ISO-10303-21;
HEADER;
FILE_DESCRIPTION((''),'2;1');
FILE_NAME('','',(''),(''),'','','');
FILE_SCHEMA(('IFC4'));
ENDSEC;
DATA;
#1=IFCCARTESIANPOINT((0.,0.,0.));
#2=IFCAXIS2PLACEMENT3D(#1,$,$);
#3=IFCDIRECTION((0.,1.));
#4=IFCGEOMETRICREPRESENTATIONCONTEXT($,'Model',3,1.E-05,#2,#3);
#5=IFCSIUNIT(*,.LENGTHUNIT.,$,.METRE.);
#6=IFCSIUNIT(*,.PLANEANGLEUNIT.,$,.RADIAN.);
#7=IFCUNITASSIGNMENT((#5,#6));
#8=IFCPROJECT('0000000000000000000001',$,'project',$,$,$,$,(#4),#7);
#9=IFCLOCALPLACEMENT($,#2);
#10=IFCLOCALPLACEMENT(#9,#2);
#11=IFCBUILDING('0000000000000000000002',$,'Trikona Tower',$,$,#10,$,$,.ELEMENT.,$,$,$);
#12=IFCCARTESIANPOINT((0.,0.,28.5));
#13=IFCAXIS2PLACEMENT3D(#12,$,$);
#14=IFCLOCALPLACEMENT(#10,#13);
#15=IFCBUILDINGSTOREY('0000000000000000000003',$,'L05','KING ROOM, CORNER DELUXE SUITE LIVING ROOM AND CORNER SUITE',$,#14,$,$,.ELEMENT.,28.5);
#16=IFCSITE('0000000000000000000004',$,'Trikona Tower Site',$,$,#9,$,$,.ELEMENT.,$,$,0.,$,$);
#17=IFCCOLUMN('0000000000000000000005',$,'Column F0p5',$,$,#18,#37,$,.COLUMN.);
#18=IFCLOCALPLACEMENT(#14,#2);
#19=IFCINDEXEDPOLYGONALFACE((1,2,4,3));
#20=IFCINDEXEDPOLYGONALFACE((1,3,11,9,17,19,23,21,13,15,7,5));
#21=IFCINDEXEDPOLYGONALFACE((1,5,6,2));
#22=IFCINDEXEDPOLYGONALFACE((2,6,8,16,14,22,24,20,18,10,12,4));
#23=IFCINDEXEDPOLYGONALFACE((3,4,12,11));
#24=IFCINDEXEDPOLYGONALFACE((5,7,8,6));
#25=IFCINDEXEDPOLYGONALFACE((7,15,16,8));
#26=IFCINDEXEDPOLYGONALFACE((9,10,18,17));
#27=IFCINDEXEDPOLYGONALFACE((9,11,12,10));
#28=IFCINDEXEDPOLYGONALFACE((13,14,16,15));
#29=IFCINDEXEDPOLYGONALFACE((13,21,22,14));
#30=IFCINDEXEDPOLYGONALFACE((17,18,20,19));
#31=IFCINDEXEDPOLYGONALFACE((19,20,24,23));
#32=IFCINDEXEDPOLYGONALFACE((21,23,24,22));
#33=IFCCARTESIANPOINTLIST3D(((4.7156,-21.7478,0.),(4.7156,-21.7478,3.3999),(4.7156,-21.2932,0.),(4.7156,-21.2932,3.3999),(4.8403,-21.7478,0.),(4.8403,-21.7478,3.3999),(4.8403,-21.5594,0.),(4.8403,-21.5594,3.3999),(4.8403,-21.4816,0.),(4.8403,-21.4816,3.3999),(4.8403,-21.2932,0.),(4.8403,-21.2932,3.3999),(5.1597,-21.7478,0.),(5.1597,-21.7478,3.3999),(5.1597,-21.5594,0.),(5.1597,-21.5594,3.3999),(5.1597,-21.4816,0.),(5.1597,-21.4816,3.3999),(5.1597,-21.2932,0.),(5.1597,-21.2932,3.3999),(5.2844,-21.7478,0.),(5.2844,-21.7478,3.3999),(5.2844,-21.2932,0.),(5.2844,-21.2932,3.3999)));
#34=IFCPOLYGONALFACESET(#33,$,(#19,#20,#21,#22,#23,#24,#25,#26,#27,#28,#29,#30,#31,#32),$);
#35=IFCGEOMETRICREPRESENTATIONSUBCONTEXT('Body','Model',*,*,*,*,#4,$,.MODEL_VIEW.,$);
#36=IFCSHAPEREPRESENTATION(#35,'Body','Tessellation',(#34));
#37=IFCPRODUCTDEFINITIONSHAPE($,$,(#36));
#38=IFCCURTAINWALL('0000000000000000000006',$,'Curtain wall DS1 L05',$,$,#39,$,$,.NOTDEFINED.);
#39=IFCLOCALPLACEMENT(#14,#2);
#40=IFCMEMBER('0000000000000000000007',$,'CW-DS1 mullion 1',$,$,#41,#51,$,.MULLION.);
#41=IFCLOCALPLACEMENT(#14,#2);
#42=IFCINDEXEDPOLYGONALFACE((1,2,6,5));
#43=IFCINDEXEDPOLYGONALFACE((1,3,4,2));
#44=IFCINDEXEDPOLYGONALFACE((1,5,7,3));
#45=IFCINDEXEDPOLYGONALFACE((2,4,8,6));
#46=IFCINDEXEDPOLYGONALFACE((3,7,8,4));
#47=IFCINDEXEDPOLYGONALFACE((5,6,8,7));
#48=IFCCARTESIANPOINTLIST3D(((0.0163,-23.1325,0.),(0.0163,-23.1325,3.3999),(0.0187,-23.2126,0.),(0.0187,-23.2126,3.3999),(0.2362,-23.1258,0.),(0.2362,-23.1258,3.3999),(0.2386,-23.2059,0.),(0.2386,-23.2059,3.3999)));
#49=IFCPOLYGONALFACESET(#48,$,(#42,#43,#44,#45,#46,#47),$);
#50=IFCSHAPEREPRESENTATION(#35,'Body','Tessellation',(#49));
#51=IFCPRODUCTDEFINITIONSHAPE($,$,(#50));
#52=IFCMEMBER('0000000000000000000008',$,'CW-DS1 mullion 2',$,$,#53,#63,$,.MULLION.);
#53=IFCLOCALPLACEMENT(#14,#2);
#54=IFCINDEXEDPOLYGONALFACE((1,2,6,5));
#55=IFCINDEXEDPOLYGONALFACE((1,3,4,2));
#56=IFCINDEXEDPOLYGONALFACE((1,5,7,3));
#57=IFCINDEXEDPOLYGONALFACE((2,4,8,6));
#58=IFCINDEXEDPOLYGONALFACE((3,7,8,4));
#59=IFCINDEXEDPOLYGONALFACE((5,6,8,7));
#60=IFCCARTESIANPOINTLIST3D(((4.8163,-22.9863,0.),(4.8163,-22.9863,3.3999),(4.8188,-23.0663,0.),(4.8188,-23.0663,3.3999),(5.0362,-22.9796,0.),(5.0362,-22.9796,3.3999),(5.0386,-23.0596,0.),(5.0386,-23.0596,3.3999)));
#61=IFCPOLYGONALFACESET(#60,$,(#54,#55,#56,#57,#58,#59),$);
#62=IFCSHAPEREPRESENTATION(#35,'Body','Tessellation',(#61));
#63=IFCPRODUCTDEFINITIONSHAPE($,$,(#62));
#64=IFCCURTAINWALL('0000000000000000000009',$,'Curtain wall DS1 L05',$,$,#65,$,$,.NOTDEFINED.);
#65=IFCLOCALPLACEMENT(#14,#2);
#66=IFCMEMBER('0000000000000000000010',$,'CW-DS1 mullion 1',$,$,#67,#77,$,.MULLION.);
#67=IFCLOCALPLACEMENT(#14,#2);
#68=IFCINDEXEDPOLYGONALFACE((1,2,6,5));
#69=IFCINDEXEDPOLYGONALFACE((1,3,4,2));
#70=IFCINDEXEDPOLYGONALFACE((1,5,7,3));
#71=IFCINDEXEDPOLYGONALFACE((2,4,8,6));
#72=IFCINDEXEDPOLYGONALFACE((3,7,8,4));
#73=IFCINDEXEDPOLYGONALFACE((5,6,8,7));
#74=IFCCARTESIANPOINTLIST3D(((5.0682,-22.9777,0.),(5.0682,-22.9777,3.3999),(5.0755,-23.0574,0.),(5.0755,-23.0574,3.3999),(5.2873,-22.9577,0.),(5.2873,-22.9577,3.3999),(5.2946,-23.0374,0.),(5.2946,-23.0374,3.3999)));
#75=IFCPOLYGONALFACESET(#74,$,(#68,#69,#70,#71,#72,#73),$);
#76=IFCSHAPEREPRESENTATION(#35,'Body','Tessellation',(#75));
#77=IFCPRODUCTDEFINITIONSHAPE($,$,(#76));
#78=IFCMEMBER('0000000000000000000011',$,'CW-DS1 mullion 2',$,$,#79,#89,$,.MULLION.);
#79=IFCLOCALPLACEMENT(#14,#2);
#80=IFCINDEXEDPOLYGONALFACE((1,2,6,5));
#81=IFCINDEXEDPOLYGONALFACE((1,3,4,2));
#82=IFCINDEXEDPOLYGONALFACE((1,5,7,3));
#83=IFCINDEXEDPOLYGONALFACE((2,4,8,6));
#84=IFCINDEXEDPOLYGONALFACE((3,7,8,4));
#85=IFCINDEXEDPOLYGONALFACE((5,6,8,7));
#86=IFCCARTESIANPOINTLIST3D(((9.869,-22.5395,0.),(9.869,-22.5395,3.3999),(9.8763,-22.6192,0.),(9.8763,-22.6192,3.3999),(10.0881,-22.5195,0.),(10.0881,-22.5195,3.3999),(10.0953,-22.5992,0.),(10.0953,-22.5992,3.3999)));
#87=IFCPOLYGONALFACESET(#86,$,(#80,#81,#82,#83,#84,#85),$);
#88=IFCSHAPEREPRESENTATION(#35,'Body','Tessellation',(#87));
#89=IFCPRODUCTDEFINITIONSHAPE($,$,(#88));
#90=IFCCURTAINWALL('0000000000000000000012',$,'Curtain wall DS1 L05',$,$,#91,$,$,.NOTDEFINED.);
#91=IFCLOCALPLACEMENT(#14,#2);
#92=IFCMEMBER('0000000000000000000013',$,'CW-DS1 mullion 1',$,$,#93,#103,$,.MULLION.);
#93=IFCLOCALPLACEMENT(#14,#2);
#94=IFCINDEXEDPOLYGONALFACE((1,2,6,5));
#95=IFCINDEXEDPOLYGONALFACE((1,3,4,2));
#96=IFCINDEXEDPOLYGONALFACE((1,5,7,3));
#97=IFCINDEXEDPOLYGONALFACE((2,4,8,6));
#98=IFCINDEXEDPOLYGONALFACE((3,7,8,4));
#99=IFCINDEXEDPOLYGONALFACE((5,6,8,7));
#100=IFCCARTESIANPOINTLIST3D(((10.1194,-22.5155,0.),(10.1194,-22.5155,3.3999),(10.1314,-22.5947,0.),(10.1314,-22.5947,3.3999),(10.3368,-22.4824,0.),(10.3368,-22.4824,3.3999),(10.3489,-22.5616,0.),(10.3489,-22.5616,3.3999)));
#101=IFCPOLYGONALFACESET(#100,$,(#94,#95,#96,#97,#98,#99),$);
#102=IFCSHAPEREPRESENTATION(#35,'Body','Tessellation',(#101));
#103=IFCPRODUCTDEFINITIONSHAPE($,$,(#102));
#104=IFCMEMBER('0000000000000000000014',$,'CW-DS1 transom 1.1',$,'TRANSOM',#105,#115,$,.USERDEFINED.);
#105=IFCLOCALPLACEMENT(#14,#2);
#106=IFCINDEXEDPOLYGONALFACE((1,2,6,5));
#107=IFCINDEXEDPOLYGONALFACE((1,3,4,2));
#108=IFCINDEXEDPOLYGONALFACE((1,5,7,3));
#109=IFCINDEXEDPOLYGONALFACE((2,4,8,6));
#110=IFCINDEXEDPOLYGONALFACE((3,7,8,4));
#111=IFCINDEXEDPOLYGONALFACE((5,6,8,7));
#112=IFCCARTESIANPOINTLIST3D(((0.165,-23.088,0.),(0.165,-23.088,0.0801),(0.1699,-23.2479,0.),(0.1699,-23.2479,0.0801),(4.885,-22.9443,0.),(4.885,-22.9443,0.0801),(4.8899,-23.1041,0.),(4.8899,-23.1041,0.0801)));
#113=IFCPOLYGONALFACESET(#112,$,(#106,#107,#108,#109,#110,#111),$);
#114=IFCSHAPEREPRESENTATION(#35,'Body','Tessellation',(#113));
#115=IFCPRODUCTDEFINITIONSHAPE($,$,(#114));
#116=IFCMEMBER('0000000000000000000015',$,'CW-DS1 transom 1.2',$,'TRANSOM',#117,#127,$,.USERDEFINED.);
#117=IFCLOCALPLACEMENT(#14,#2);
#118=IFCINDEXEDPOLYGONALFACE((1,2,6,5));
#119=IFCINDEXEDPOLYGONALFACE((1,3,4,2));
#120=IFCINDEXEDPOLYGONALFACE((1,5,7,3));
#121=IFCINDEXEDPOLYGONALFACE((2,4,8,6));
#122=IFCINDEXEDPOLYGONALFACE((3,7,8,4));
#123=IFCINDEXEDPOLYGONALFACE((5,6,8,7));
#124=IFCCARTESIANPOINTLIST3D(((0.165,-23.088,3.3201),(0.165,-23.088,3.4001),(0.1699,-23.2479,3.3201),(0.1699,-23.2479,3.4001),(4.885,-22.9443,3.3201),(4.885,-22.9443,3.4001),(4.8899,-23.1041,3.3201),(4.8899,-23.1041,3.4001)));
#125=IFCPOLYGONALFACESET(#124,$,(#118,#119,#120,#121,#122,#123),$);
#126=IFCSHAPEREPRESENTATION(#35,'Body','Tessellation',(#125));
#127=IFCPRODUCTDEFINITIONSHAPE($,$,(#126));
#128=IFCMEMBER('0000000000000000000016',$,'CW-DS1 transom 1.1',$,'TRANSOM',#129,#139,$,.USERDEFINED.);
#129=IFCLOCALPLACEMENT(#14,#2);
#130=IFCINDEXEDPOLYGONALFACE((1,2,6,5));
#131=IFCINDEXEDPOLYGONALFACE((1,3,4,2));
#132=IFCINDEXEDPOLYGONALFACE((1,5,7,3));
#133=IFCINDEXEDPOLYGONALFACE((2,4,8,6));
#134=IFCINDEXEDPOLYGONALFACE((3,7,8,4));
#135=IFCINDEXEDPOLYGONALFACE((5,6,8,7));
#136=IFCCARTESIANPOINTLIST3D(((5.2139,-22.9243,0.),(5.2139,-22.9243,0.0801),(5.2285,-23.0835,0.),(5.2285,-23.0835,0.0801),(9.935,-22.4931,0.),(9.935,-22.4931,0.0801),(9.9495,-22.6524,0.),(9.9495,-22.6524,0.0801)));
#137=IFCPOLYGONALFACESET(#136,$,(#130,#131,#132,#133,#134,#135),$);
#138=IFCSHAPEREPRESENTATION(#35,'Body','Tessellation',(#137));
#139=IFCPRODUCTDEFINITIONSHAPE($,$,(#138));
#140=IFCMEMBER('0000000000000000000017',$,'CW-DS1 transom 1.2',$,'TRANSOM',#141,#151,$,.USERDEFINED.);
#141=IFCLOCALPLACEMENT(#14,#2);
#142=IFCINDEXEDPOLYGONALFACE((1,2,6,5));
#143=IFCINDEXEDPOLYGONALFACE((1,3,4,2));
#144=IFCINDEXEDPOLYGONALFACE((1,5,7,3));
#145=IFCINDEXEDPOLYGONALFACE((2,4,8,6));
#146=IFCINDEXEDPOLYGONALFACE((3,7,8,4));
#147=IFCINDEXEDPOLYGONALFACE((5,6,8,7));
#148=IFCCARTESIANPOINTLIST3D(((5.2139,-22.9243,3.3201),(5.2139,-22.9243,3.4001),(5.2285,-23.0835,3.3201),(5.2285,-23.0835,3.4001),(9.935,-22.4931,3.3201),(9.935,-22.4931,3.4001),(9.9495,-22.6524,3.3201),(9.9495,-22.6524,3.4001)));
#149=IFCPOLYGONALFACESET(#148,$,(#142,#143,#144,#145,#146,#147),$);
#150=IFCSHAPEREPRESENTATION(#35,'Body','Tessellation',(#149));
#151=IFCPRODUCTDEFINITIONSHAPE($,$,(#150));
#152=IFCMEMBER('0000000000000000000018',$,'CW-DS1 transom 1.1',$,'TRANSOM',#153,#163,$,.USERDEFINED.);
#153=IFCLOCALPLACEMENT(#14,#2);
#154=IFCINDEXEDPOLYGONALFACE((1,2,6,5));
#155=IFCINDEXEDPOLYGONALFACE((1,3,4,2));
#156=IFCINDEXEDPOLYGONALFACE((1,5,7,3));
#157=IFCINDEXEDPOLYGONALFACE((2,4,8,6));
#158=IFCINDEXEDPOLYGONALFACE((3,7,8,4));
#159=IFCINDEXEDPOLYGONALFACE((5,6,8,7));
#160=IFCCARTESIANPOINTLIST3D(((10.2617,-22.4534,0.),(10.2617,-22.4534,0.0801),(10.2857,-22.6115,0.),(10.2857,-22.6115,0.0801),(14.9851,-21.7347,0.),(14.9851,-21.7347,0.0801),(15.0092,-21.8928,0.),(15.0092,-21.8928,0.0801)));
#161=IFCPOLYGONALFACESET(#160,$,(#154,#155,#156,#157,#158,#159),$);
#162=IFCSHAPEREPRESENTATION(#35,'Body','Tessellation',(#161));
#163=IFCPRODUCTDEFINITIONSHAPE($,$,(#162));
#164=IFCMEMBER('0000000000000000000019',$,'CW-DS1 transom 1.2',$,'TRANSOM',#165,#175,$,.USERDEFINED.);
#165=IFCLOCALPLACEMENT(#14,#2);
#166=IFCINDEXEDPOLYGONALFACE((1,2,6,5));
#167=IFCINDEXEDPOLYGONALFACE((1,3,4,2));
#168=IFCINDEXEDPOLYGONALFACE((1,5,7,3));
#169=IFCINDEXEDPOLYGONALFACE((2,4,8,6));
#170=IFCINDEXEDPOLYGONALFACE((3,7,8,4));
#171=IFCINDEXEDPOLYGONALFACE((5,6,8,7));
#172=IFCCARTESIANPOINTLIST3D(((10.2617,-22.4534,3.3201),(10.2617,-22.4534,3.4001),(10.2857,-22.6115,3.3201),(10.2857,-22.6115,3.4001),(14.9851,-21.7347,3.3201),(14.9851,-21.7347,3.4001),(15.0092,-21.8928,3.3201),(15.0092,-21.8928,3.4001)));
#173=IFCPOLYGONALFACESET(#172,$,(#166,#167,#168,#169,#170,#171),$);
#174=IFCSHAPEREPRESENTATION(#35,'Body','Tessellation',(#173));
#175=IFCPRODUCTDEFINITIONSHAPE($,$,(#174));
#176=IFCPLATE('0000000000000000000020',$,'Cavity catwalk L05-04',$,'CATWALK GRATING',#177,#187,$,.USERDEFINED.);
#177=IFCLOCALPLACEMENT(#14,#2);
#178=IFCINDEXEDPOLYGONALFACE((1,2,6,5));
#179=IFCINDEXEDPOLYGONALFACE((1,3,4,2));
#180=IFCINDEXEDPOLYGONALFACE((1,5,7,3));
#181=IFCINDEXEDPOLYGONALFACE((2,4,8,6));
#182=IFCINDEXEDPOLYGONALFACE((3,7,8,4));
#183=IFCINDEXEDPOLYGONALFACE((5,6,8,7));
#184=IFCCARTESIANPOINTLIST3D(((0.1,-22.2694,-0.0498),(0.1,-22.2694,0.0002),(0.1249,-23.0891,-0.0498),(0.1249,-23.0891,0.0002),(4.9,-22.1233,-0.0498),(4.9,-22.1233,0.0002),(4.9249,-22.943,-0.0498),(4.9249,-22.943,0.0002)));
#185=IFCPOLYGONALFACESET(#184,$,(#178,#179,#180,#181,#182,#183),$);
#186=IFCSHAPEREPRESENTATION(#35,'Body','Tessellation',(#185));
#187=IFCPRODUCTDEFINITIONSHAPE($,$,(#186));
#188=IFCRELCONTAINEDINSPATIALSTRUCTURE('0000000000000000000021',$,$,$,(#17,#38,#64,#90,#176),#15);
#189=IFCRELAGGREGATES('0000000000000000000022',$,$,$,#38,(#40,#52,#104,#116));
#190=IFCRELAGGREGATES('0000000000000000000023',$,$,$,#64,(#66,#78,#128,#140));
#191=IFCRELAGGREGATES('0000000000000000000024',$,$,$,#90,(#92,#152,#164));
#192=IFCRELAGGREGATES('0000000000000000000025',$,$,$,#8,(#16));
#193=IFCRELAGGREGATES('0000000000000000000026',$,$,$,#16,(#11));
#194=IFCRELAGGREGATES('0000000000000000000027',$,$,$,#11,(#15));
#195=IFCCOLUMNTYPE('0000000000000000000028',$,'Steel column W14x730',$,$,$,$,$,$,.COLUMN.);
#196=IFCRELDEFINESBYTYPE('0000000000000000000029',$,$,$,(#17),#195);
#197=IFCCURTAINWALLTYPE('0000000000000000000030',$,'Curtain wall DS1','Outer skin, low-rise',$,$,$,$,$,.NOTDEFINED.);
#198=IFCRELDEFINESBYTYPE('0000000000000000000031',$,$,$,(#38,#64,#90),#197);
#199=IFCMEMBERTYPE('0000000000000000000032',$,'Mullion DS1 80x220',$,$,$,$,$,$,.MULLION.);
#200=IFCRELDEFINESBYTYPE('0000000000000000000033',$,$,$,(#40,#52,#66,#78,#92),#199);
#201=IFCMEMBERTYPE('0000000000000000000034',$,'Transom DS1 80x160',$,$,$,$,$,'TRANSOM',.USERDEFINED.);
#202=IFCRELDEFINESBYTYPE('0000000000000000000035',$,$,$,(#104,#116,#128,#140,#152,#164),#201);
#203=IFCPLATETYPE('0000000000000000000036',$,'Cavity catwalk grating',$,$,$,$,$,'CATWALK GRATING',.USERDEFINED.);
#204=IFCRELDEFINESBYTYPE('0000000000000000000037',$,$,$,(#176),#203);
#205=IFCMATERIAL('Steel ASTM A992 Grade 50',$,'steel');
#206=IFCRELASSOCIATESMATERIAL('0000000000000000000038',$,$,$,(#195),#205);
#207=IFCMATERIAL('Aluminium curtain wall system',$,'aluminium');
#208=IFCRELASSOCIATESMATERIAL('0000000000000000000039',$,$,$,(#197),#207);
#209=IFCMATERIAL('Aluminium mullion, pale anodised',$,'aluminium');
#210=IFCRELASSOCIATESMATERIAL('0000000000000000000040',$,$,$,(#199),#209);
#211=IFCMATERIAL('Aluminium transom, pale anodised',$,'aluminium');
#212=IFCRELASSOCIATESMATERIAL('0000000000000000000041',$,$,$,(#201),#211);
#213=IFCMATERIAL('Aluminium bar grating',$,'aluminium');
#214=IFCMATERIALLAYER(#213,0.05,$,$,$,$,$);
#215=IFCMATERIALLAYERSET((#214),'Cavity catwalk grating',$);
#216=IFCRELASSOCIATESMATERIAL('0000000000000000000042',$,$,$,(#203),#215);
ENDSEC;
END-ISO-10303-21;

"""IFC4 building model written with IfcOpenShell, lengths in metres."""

from ifc_helpers import new_model, si_unit, direction, frame, origin, origin_2d, place, context, subcontext, project, spatial, rectangle, i_section, extrude, material, layer, layer_set, material_profile, profile_set, type_object, element, aggregate, save


model = new_model("IFC4")

# Units and contexts
model_context = context("Model", 3, precision=1e-05, world=origin(), true_north=direction((0.0, 1.0)))
body_context = subcontext(model_context, "Body", "Model", "MODEL_VIEW")
ifc_project = project(units=[si_unit("LENGTHUNIT", "METRE"), si_unit("PLANEANGLEUNIT", "RADIAN")], contexts=[model_context])

# Site, building, storey
site_placement = place(None, origin())
site = spatial("IfcSite", under=ifc_project, at=site_placement, Name="Trikona Tower Site", CompositionType="ELEMENT", RefElevation=0.0)
building_placement = place(site_placement, origin())
building = spatial("IfcBuilding", under=site, at=building_placement, Name="Trikona Tower", CompositionType="ELEMENT")
storey_placement = place(building_placement, frame((0.0, 0.0, 28.5)))
storey = spatial("IfcBuildingStorey", under=building, at=storey_placement, Name="L05", Description="KING ROOM, CORNER DELUXE SUITE LIVING ROOM AND CORNER SUITE", CompositionType="ELEMENT", Elevation=28.5)

# Column
ifc_material_1 = material(Name="Steel ASTM A992 Grade 50", Category="steel")
ifc_material_profile_1 = material_profile(ifc_material_1, i_section(OverallWidth=0.4546, OverallDepth=0.5688, WebThickness=0.0779, FlangeThickness=0.1248, at=origin_2d()), Name="W14X730")
ifc_profile_set_1 = profile_set([ifc_material_profile_1], Name="Steel ASTM A992 Grade 50")
column_type = type_object("IfcColumnType", Name="Steel column W14x730", PredefinedType="COLUMN", material=ifc_profile_set_1)
column_placement = place(storey_placement, frame((5.0, -21.5205, 0.0), z_axis=(0.0, 0.0, 1.0), x_axis=(0.0, -1.0, 0.0)))
element("IfcColumn", 1, at=column_placement, inside=storey, type_object=column_type, Name="Column F0p5", PredefinedType="COLUMN", context=body_context, shape_type="SweptSolid", body=[
    extrude(i_section(OverallWidth=0.4546, OverallDepth=0.5688, WebThickness=0.0779, FlangeThickness=0.1248, at=origin_2d()), origin(), (0.0, 0.0, 1.0), 3.3999),
])

# Curtain walls, members
ifc_material_2 = material(Name="Aluminium curtain wall system", Category="aluminium")
curtain_wall_type = type_object("IfcCurtainWallType", Name="Curtain wall DS1", Description="Outer skin, low-rise", PredefinedType="NOTDEFINED", material=ifc_material_2)
curtain_wall_1_placement = place(storey_placement, origin())
curtain_wall_1 = element("IfcCurtainWall", 2, at=curtain_wall_1_placement, inside=storey, type_object=curtain_wall_type, Name="Curtain wall DS1 L05", PredefinedType="NOTDEFINED")
ifc_material_3 = material(Name="Aluminium mullion, pale anodised", Category="aluminium")
ifc_material_profile_2 = material_profile(ifc_material_3, rectangle(XDim=0.0801, YDim=0.22, at=origin_2d()), Name="MUL-DS1")
ifc_profile_set_2 = profile_set([ifc_material_profile_2], Name="Aluminium mullion, pale anodised")
member_type_1 = type_object("IfcMemberType", Name="Mullion DS1 80x220", PredefinedType="MULLION", material=ifc_profile_set_2)
member_1_placement = place(storey_placement, frame((0.1274, -23.1692, 0.0), z_axis=(0.0, 0.0, 1.0), x_axis=(-0.030437, 0.999537, 0.0)))
member_1 = element("IfcMember", 3, at=member_1_placement, type_object=member_type_1, Name="CW-DS1 mullion 1", PredefinedType="MULLION", context=body_context, shape_type="SweptSolid", body=[
    extrude(rectangle(XDim=0.0801, YDim=0.22, at=origin_2d()), origin(), (0.0, 0.0, 1.0), 3.3999),
])
member_2_placement = place(storey_placement, frame((4.9275, -23.0229, 0.0), z_axis=(0.0, 0.0, 1.0), x_axis=(-0.030437, 0.999537, 0.0)))
member_2 = element("IfcMember", 4, at=member_2_placement, type_object=member_type_1, Name="CW-DS1 mullion 2", PredefinedType="MULLION", context=body_context, shape_type="SweptSolid", body=[
    extrude(rectangle(XDim=0.0801, YDim=0.22, at=origin_2d()), origin(), (0.0, 0.0, 1.0), 3.3999),
])
curtain_wall_2_placement = place(storey_placement, origin())
curtain_wall_2 = element("IfcCurtainWall", 5, at=curtain_wall_2_placement, inside=storey, type_object=curtain_wall_type, Name="Curtain wall DS1 L05", PredefinedType="NOTDEFINED")
member_3_placement = place(storey_placement, frame((5.1814, -23.0076, 0.0), z_axis=(0.0, 0.0, 1.0), x_axis=(-0.090924, 0.995858, 0.0)))
member_3 = element("IfcMember", 6, at=member_3_placement, type_object=member_type_1, Name="CW-DS1 mullion 1", PredefinedType="MULLION", context=body_context, shape_type="SweptSolid", body=[
    extrude(rectangle(XDim=0.0801, YDim=0.22, at=origin_2d()), origin(), (0.0, 0.0, 1.0), 3.3999),
])
member_4_placement = place(storey_placement, frame((9.9822, -22.5693, 0.0), z_axis=(0.0, 0.0, 1.0), x_axis=(-0.090924, 0.995858, 0.0)))
member_4 = element("IfcMember", 7, at=member_4_placement, type_object=member_type_1, Name="CW-DS1 mullion 2", PredefinedType="MULLION", context=body_context, shape_type="SweptSolid", body=[
    extrude(rectangle(XDim=0.0801, YDim=0.22, at=origin_2d()), origin(), (0.0, 0.0, 1.0), 3.3999),
])

# Curtain wall, member
curtain_wall_3_placement = place(storey_placement, origin())
curtain_wall_3 = element("IfcCurtainWall", 8, at=curtain_wall_3_placement, inside=storey, type_object=curtain_wall_type, Name="Curtain wall DS1 L05", PredefinedType="NOTDEFINED")
member_5_placement = place(storey_placement, frame((10.2341, -22.5386, 0.0), z_axis=(0.0, 0.0, 1.0), x_axis=(-0.150438, 0.988619, 0.0)))
member_5 = element("IfcMember", 9, at=member_5_placement, type_object=member_type_1, Name="CW-DS1 mullion 1", PredefinedType="MULLION", context=body_context, shape_type="SweptSolid", body=[
    extrude(rectangle(XDim=0.0801, YDim=0.22, at=origin_2d()), origin(), (0.0, 0.0, 1.0), 3.3999),
])

# Members
ifc_material_4 = material(Name="Aluminium transom, pale anodised", Category="aluminium")
ifc_material_profile_3 = material_profile(ifc_material_4, rectangle(XDim=0.1599, YDim=0.0801, at=origin_2d()), Name="TRN-DS1")
ifc_profile_set_3 = profile_set([ifc_material_profile_3], Name="Aluminium transom, pale anodised")
member_type_2 = type_object("IfcMemberType", Name="Transom DS1 80x160", ElementType="TRANSOM", PredefinedType="USERDEFINED", material=ifc_profile_set_3)
member_6_placement = place(storey_placement, frame((0.1675, -23.168, 0.04), z_axis=(0.999536, 0.030452, 0.0), x_axis=(-0.030452, 0.999536, 0.0)))
member_6 = element("IfcMember", 10, at=member_6_placement, type_object=member_type_2, Name="CW-DS1 transom 1.1", ObjectType="TRANSOM", PredefinedType="USERDEFINED", context=body_context, shape_type="SweptSolid", body=[
    extrude(rectangle(XDim=0.1599, YDim=0.0801, at=origin_2d()), origin(), (0.0, 0.0, 1.0), 4.7222),
])
member_7_placement = place(storey_placement, frame((0.1675, -23.168, 3.3601), z_axis=(0.999536, 0.030452, 0.0), x_axis=(-0.030452, 0.999536, 0.0)))
member_7 = element("IfcMember", 11, at=member_7_placement, type_object=member_type_2, Name="CW-DS1 transom 1.2", ObjectType="TRANSOM", PredefinedType="USERDEFINED", context=body_context, shape_type="SweptSolid", body=[
    extrude(rectangle(XDim=0.1599, YDim=0.0801, at=origin_2d()), origin(), (0.0, 0.0, 1.0), 4.7222),
])
member_8_placement = place(storey_placement, frame((5.2212, -23.0039, 0.04), z_axis=(0.995856, 0.090944, 0.0), x_axis=(-0.090944, 0.995856, 0.0)))
member_8 = element("IfcMember", 12, at=member_8_placement, type_object=member_type_2, Name="CW-DS1 transom 1.1", ObjectType="TRANSOM", PredefinedType="USERDEFINED", context=body_context, shape_type="SweptSolid", body=[
    extrude(rectangle(XDim=0.1599, YDim=0.0801, at=origin_2d()), origin(), (0.0, 0.0, 1.0), 4.7407),
])
member_9_placement = place(storey_placement, frame((5.2212, -23.0039, 3.3601), z_axis=(0.995856, 0.090944, 0.0), x_axis=(-0.090944, 0.995856, 0.0)))
member_9 = element("IfcMember", 13, at=member_9_placement, type_object=member_type_2, Name="CW-DS1 transom 1.2", ObjectType="TRANSOM", PredefinedType="USERDEFINED", context=body_context, shape_type="SweptSolid", body=[
    extrude(rectangle(XDim=0.1599, YDim=0.0801, at=origin_2d()), origin(), (0.0, 0.0, 1.0), 4.7407),
])
member_10_placement = place(storey_placement, frame((10.2737, -22.5325, 0.04), z_axis=(0.98862, 0.150437, 0.0), x_axis=(-0.150437, 0.98862, 0.0)))
member_10 = element("IfcMember", 14, at=member_10_placement, type_object=member_type_2, Name="CW-DS1 transom 1.1", ObjectType="TRANSOM", PredefinedType="USERDEFINED", context=body_context, shape_type="SweptSolid", body=[
    extrude(rectangle(XDim=0.1599, YDim=0.0801, at=origin_2d()), origin(), (0.0, 0.0, 1.0), 4.7778),
])
member_11_placement = place(storey_placement, frame((10.2737, -22.5325, 3.3601), z_axis=(0.98862, 0.150437, 0.0), x_axis=(-0.150437, 0.98862, 0.0)))
member_11 = element("IfcMember", 15, at=member_11_placement, type_object=member_type_2, Name="CW-DS1 transom 1.2", ObjectType="TRANSOM", PredefinedType="USERDEFINED", context=body_context, shape_type="SweptSolid", body=[
    extrude(rectangle(XDim=0.1599, YDim=0.0801, at=origin_2d()), origin(), (0.0, 0.0, 1.0), 4.7778),
])

# Plate
ifc_material_5 = material(Name="Aluminium bar grating", Category="aluminium")
ifc_layer_1 = layer(ifc_material_5, 0.05)
ifc_layer_set_1 = layer_set([ifc_layer_1], Name="Cavity catwalk grating")
plate_type_1 = type_object("IfcPlateType", Name="Cavity catwalk grating", ElementType="CATWALK GRATING", PredefinedType="USERDEFINED", material=ifc_layer_set_1)
plate_1_placement = place(storey_placement, frame((2.5125, -22.6062, -0.0498), z_axis=(0.0, 0.0, 1.0), x_axis=(0.999537, 0.030425, 0.0)))
element("IfcPlate", 16, at=plate_1_placement, inside=storey, type_object=plate_type_1, Name="Cavity catwalk L05-04", ObjectType="CATWALK GRATING", PredefinedType="USERDEFINED", context=body_context, shape_type="SweptSolid", body=[
    extrude(rectangle(XDim=4.8022, YDim=0.8201, at=origin_2d()), origin(), (0.0, 0.0, 1.0), 0.05),
])

aggregate(curtain_wall_1, [member_1, member_2, member_6, member_7])
aggregate(curtain_wall_2, [member_3, member_4, member_8, member_9])
aggregate(curtain_wall_3, [member_5, member_10, member_11])

save(model, "model.ifc")
